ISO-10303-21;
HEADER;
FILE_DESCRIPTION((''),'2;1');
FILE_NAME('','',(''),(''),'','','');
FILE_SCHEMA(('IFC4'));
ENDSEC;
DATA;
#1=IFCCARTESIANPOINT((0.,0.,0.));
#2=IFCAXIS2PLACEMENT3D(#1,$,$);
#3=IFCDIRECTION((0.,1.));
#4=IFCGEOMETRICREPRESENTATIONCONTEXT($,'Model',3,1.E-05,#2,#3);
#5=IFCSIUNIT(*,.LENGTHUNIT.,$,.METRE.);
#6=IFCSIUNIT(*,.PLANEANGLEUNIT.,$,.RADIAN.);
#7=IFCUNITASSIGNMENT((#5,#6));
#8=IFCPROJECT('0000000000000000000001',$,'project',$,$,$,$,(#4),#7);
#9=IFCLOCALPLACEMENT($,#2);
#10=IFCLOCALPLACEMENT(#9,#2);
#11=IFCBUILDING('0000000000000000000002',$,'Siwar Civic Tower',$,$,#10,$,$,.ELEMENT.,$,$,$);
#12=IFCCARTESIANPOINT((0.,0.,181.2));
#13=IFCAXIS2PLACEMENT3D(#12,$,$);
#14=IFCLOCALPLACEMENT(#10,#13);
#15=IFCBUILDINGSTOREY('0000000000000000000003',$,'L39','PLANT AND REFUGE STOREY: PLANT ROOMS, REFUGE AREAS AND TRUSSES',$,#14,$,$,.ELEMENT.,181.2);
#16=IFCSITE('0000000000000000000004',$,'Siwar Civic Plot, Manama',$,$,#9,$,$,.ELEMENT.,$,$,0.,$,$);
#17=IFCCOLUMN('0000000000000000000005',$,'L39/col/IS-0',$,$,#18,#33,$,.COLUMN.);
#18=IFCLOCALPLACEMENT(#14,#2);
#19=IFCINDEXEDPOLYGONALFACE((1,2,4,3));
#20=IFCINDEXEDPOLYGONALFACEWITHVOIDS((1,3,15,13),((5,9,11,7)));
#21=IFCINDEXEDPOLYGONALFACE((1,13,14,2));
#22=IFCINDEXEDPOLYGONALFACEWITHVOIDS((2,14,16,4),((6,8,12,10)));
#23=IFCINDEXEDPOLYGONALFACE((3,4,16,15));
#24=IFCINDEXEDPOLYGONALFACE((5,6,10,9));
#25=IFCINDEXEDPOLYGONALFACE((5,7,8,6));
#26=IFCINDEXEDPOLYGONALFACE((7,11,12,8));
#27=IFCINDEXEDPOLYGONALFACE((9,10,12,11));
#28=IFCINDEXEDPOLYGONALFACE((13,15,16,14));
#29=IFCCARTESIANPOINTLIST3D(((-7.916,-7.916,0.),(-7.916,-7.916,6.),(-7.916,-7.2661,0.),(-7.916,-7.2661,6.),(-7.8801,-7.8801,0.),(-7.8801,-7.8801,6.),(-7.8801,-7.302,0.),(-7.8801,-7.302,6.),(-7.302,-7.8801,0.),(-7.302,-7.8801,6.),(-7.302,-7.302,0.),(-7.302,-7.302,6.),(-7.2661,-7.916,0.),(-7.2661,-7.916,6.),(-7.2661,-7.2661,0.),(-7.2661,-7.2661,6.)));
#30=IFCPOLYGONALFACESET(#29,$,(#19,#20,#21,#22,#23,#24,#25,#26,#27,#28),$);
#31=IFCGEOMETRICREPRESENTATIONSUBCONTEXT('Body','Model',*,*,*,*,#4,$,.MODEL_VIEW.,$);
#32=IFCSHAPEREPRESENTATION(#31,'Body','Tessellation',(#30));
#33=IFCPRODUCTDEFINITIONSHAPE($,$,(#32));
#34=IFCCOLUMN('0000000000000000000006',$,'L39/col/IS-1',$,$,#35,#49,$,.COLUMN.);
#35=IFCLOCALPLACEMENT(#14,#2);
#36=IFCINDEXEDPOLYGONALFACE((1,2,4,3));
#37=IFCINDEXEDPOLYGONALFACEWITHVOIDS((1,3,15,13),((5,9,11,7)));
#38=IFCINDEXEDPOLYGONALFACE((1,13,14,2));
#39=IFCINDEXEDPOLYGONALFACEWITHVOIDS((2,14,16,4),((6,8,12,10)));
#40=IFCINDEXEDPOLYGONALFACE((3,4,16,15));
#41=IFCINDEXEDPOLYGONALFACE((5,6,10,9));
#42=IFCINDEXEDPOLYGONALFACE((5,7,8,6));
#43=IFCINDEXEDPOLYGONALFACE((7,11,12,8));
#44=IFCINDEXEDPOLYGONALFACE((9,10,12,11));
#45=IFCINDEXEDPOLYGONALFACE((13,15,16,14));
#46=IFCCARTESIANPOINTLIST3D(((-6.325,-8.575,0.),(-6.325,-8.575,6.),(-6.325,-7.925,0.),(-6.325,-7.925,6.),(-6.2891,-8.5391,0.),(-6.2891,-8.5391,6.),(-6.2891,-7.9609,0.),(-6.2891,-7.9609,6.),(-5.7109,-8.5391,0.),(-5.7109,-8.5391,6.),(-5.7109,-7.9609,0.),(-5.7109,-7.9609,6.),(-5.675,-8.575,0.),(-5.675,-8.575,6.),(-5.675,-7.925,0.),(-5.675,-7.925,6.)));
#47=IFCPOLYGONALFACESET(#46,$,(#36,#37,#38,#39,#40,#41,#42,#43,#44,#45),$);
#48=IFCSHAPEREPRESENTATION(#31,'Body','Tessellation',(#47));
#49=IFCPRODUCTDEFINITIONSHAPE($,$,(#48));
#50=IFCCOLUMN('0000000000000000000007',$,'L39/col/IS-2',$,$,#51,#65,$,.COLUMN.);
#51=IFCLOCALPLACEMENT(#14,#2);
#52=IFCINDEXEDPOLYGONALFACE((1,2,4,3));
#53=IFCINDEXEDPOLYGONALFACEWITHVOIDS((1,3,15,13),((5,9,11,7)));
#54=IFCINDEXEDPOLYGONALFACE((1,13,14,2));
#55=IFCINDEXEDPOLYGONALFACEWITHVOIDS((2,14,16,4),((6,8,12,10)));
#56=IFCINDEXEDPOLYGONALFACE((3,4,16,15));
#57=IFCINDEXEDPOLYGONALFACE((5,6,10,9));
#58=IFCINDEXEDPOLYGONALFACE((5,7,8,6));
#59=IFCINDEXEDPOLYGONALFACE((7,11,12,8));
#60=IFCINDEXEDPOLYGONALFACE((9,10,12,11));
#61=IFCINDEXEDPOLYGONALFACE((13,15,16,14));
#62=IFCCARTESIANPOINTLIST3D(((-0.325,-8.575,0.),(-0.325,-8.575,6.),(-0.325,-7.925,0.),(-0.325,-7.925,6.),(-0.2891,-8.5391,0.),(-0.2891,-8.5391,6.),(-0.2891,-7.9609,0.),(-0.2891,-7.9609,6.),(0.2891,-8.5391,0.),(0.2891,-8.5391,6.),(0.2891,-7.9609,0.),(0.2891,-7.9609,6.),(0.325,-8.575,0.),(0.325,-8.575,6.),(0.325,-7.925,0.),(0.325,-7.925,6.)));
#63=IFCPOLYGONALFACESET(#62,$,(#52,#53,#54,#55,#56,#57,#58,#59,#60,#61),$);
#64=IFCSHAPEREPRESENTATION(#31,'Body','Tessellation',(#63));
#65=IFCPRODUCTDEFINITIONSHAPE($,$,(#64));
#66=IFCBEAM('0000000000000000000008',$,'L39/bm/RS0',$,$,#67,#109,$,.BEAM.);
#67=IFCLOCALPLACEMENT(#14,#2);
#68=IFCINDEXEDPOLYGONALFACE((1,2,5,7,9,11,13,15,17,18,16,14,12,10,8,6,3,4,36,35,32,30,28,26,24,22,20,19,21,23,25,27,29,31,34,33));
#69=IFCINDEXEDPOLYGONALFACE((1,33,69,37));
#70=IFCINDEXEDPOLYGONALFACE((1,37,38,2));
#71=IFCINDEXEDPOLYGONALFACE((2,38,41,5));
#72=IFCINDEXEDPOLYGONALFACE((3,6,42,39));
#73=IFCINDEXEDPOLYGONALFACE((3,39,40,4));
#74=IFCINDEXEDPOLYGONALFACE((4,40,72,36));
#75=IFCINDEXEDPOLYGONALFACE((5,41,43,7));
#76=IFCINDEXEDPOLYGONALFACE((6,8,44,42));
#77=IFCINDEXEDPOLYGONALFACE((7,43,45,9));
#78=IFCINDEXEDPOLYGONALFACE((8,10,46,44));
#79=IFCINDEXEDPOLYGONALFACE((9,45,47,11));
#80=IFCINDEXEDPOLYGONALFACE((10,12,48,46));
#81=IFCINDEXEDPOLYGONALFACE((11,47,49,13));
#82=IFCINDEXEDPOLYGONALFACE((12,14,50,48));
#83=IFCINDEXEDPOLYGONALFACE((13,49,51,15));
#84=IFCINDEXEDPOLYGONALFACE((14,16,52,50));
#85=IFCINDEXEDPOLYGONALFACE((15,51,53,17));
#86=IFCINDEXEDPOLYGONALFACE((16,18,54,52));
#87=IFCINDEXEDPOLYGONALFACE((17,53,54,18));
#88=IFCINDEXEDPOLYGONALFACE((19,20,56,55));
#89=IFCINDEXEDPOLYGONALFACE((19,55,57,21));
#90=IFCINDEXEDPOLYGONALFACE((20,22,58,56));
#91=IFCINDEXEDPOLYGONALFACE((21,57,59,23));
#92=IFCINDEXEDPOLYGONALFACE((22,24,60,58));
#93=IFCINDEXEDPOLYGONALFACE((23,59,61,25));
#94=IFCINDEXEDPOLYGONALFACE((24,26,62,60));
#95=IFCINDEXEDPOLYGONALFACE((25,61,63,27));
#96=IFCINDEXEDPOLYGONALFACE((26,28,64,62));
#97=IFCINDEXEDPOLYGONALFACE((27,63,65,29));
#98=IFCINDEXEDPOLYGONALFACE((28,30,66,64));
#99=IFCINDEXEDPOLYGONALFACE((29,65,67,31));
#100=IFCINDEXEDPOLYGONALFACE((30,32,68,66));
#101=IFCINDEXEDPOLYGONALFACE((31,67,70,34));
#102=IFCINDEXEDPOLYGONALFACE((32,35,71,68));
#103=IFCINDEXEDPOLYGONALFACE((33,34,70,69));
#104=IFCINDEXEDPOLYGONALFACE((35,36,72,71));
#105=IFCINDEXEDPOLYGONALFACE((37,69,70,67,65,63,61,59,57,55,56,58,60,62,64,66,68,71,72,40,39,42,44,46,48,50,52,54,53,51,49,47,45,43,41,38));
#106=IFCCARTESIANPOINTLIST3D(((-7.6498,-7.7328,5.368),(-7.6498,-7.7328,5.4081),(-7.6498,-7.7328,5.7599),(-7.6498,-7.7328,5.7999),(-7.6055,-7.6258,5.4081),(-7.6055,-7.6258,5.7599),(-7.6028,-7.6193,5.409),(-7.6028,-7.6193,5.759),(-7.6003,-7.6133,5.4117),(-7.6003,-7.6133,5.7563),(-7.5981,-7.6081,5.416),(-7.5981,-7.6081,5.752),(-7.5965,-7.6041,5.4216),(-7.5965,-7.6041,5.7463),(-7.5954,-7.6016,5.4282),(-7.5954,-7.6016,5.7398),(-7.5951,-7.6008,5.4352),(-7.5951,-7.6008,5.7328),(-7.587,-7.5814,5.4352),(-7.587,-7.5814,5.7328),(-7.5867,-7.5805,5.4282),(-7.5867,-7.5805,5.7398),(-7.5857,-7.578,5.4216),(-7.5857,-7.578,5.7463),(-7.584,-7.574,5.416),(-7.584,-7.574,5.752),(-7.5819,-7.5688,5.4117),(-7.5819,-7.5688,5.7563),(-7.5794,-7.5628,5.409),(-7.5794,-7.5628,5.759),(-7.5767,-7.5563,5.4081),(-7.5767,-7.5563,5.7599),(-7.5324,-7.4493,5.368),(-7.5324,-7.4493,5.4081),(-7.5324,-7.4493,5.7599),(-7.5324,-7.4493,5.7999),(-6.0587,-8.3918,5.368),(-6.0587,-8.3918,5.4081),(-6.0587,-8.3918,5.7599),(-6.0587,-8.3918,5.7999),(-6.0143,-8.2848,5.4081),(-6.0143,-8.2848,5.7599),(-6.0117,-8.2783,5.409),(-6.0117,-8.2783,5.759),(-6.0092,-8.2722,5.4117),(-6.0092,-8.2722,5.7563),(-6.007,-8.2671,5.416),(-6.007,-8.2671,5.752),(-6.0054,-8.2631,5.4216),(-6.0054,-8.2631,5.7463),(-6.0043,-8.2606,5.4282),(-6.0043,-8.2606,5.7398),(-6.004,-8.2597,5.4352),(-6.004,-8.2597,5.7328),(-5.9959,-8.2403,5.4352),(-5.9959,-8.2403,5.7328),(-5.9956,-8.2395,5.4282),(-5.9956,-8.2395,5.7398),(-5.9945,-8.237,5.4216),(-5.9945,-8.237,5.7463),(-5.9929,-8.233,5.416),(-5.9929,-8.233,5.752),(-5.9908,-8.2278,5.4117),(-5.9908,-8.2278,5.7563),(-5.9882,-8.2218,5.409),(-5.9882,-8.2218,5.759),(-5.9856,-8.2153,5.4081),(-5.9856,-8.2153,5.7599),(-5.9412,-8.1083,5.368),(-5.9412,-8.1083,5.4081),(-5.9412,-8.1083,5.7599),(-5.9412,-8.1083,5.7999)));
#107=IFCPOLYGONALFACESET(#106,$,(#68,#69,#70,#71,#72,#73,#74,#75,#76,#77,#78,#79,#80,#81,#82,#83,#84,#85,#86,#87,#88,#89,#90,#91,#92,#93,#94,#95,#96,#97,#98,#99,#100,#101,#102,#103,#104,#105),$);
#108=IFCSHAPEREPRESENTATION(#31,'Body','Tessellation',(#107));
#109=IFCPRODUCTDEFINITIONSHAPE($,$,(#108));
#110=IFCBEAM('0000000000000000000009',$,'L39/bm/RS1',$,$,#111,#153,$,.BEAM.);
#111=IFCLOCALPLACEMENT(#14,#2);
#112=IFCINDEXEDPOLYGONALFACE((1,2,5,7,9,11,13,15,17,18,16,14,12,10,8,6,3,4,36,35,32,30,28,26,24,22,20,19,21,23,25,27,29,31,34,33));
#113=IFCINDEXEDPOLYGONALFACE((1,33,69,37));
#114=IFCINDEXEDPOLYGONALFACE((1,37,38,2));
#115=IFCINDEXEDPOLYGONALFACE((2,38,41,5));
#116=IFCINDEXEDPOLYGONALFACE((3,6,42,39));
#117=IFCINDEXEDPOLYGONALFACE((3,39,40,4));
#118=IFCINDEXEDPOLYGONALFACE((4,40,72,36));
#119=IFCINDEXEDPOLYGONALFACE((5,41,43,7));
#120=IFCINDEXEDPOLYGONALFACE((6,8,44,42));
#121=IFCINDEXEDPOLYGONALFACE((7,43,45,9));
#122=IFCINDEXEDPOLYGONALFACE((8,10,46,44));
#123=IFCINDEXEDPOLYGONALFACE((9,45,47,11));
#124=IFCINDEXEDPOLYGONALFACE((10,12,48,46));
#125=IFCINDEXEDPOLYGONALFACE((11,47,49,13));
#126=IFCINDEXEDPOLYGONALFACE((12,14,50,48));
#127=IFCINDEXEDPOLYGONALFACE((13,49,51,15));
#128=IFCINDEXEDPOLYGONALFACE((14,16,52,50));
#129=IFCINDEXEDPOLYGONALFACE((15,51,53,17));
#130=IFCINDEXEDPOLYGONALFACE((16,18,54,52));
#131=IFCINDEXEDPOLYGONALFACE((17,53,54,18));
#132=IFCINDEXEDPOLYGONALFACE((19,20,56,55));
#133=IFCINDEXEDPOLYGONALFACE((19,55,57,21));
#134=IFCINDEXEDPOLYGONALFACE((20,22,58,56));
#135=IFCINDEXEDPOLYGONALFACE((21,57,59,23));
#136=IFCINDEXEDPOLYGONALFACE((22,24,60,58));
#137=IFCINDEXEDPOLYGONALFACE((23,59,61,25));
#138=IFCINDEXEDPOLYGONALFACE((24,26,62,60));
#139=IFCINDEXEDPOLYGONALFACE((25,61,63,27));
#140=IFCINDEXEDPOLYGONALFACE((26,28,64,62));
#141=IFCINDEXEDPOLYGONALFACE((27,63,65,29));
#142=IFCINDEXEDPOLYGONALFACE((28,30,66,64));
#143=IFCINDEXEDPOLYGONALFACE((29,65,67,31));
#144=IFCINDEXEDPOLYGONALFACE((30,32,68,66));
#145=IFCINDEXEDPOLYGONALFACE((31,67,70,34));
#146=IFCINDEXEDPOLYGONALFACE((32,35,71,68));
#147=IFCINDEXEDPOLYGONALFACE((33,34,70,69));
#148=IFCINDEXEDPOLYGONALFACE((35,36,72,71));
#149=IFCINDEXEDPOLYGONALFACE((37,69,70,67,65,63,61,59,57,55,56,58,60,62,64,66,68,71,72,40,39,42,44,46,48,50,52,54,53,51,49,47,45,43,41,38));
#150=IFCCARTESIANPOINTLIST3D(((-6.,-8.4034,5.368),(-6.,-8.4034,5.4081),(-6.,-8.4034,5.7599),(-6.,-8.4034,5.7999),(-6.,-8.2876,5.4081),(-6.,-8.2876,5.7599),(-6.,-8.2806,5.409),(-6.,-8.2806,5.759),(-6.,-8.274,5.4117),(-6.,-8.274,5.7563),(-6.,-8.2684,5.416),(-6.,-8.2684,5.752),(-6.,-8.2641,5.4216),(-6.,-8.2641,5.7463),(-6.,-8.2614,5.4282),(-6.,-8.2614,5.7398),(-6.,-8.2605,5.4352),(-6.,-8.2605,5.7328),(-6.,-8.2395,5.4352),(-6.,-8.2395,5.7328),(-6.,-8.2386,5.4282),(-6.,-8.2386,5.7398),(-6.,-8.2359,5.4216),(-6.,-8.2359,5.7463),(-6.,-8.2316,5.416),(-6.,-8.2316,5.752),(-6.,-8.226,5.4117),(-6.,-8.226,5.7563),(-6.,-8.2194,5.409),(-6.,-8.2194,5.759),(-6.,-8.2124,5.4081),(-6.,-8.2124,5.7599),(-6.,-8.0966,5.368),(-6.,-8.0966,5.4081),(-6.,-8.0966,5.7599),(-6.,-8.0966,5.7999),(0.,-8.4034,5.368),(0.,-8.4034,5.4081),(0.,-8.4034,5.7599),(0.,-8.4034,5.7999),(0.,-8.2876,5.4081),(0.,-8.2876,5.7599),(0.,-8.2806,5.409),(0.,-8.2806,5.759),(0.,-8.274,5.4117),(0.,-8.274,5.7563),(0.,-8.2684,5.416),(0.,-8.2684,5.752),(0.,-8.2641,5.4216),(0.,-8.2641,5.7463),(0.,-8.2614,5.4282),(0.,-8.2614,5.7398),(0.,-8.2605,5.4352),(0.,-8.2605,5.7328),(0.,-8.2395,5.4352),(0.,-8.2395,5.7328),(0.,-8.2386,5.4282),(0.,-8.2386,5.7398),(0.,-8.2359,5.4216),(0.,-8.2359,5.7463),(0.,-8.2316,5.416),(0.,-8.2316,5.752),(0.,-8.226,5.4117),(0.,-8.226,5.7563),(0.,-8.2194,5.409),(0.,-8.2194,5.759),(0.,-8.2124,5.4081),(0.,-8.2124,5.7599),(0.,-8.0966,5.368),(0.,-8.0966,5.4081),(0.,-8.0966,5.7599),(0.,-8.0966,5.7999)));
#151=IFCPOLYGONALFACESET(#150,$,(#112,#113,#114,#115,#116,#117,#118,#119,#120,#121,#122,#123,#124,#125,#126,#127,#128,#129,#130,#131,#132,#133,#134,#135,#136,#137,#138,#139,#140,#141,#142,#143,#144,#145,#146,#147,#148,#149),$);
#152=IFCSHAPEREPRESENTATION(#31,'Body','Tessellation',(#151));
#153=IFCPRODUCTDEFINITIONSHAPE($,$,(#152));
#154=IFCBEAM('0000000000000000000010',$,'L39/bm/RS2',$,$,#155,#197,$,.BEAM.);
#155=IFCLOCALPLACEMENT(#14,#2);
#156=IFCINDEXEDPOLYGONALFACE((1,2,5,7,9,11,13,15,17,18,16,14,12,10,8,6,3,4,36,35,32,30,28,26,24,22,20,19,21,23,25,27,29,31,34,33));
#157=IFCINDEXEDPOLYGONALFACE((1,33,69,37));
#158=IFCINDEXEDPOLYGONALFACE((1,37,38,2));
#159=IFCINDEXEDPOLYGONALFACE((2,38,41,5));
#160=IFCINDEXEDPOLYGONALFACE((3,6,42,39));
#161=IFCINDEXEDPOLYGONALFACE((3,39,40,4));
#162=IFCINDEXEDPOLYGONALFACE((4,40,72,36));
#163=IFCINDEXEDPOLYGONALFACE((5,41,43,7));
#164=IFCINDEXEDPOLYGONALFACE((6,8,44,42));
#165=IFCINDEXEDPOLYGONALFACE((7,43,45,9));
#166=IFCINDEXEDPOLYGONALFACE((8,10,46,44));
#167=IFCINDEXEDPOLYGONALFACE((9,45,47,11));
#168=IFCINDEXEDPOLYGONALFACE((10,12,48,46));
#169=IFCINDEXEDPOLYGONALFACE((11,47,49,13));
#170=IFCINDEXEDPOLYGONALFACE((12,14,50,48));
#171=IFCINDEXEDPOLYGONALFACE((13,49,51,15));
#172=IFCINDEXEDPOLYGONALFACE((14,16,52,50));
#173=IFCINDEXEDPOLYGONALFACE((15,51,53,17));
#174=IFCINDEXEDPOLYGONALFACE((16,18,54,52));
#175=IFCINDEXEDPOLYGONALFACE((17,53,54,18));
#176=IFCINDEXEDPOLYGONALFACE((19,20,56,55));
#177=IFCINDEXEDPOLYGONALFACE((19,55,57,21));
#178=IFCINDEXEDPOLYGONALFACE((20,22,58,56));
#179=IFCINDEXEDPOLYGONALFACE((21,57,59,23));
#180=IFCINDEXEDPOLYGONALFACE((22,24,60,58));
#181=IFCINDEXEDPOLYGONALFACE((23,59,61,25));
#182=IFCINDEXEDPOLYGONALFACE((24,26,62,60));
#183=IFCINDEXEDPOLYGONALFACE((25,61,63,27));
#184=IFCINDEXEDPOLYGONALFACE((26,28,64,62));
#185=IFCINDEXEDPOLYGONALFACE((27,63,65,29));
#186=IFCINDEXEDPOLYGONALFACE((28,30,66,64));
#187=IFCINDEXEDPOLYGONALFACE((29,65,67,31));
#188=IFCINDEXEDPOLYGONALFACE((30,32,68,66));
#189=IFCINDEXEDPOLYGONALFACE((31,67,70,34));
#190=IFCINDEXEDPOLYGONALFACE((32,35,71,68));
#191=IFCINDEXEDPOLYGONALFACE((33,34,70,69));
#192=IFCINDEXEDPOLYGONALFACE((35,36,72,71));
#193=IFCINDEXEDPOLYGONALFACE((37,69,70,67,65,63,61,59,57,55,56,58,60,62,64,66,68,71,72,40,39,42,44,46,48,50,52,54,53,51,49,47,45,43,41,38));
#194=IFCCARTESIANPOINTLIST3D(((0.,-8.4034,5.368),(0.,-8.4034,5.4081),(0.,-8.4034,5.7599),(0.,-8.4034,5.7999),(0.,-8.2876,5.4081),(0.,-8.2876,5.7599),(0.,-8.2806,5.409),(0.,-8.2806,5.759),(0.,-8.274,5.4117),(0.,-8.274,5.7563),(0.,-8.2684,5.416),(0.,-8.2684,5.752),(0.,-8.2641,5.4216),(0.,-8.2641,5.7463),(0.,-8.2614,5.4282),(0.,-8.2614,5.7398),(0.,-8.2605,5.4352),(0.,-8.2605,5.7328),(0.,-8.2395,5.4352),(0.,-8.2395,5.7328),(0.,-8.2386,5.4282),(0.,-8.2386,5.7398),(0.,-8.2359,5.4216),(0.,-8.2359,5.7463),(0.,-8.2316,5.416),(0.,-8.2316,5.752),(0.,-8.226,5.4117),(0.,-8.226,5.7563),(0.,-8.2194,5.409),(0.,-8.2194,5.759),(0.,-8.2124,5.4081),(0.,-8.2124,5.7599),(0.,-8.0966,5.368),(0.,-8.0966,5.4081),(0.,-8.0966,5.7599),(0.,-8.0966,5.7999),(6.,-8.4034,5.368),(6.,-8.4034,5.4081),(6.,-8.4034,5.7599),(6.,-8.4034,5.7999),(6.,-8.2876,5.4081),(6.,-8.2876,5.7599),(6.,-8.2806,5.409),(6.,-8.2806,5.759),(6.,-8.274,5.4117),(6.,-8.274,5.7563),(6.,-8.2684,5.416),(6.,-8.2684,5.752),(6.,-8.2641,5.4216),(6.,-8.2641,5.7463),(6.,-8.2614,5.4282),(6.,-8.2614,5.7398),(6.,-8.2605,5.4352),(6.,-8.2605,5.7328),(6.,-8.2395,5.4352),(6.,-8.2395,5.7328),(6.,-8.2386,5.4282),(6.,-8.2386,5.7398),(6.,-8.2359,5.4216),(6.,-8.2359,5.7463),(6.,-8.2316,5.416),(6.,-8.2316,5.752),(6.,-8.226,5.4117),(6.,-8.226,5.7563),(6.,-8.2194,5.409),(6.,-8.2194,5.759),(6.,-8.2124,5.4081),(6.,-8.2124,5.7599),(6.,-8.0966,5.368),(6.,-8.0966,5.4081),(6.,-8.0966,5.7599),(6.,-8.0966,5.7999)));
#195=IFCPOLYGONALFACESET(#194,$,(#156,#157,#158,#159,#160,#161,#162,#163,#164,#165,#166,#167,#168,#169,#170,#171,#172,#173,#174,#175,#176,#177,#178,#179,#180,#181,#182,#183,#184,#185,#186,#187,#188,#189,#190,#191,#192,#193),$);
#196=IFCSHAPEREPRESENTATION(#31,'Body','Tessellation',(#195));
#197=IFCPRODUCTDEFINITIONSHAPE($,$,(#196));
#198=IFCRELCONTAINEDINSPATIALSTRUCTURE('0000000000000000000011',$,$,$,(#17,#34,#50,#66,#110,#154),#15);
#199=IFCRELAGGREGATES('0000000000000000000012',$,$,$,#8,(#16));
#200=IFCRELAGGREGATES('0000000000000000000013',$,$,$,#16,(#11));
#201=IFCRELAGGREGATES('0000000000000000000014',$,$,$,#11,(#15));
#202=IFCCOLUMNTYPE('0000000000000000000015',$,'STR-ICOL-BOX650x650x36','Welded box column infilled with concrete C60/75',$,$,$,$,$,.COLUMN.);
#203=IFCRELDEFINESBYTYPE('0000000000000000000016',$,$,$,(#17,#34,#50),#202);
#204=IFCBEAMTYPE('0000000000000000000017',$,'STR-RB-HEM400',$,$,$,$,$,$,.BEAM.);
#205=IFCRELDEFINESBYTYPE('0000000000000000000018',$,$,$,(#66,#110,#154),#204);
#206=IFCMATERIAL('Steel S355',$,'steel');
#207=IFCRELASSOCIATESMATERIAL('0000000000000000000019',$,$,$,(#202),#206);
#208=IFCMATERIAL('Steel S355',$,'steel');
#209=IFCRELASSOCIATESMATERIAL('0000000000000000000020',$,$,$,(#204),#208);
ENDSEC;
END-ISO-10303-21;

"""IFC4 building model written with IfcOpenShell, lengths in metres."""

from ifc_helpers import new_model, si_unit, direction, frame, origin, origin_2d, place, context, subcontext, project, spatial, hollow_rectangle, i_section, extrude, material, material_profile, profile_set, type_object, element, save


model = new_model("IFC4")

# Units and contexts
model_context = context("Model", 3, precision=1e-05, world=origin(), true_north=direction((0.0, 1.0)))
body_context = subcontext(model_context, "Body", "Model", "MODEL_VIEW")
ifc_project = project(units=[si_unit("LENGTHUNIT", "METRE"), si_unit("PLANEANGLEUNIT", "RADIAN")], contexts=[model_context])

# Site, building, storey
site_placement = place(None, origin())
site = spatial("IfcSite", under=ifc_project, at=site_placement, Name="Siwar Civic Plot, Manama", CompositionType="ELEMENT", RefElevation=0.0)
building_placement = place(site_placement, origin())
building = spatial("IfcBuilding", under=site, at=building_placement, Name="Siwar Civic Tower", CompositionType="ELEMENT")
storey_placement = place(building_placement, frame((0.0, 0.0, 181.2)))
storey = spatial("IfcBuildingStorey", under=building, at=storey_placement, Name="L39", Description="PLANT AND REFUGE STOREY: PLANT ROOMS, REFUGE AREAS AND TRUSSES", CompositionType="ELEMENT", Elevation=181.2)

# Columns
ifc_material_1 = material(Name="Steel S355", Category="steel")
ifc_material_profile_1 = material_profile(ifc_material_1, hollow_rectangle(XDim=0.6499, YDim=0.6499, WallThickness=0.0359, at=origin_2d()), Name="BOX650x650x36")
ifc_profile_set_1 = profile_set([ifc_material_profile_1], Name="Steel S355")
column_type = type_object("IfcColumnType", Name="STR-ICOL-BOX650x650x36", Description="Welded box column infilled with concrete C60/75", PredefinedType="COLUMN", material=ifc_profile_set_1)
for number, where, z_axis, x_axis, name in (
    (1, (-7.5911, -7.5911, 0.0), (0.0, 0.0, 1.0), (1.0, 0.0, 0.0), "L39/col/IS-0"),
    (2, (-6.0, -8.25, 0.0), (0.0, 0.0, 1.0), (1.0, 0.0, 0.0), "L39/col/IS-1"),
    (3, (0.0, -8.25, 0.0), (0.0, 0.0, 1.0), (1.0, 0.0, 0.0), "L39/col/IS-2"),
):
    element("IfcColumn", number, at=place(storey_placement, frame(where, z_axis=z_axis, x_axis=x_axis)), inside=storey, type_object=column_type, Name=name, PredefinedType="COLUMN", context=body_context, shape_type="SweptSolid", body=[
        extrude(hollow_rectangle(XDim=0.6499, YDim=0.6499, WallThickness=0.0359, at=origin_2d()), origin(), (0.0, 0.0, 1.0), 6.0),
    ])

# Beams
ifc_material_2 = material(Name="Steel S355", Category="steel")
ifc_material_profile_2 = material_profile(ifc_material_2, i_section(OverallWidth=0.3069, OverallDepth=0.4319, WebThickness=0.021, FlangeThickness=0.04, FilletRadius=0.0271, at=origin_2d()), Name="HEM400")
ifc_profile_set_2 = profile_set([ifc_material_profile_2], Name="Steel S355")
beam_type = type_object("IfcBeamType", Name="STR-RB-HEM400", PredefinedType="BEAM", material=ifc_profile_set_2)
beam_1_placement = place(storey_placement, frame((-7.5911, -7.5911, 5.584), z_axis=(0.923901, -0.382631, 0.0), x_axis=(0.382631, 0.923901, 0.0)))
element("IfcBeam", 4, at=beam_1_placement, inside=storey, type_object=beam_type, Name="L39/bm/RS0", PredefinedType="BEAM", context=body_context, shape_type="SweptSolid", body=[
    extrude(i_section(OverallWidth=0.3069, OverallDepth=0.4319, WebThickness=0.021, FlangeThickness=0.04, FilletRadius=0.0271, at=origin_2d()), origin(), (0.0, 0.0, 1.0), 1.7222),
])
for number, where, z_axis, x_axis, name in (
    (5, (-6.0, -8.25, 5.584), (1.0, 0.0, 0.0), (0.0, 1.0, 0.0), "L39/bm/RS1"),
    (6, (0.0, -8.25, 5.584), (1.0, 0.0, 0.0), (0.0, 1.0, 0.0), "L39/bm/RS2"),
):
    element("IfcBeam", number, at=place(storey_placement, frame(where, z_axis=z_axis, x_axis=x_axis)), inside=storey, type_object=beam_type, Name=name, PredefinedType="BEAM", context=body_context, shape_type="SweptSolid", body=[
        extrude(i_section(OverallWidth=0.3069, OverallDepth=0.4319, WebThickness=0.021, FlangeThickness=0.04, FilletRadius=0.0271, at=origin_2d()), origin(), (0.0, 0.0, 1.0), 6.0),
    ])

save(model, "model.ifc")
